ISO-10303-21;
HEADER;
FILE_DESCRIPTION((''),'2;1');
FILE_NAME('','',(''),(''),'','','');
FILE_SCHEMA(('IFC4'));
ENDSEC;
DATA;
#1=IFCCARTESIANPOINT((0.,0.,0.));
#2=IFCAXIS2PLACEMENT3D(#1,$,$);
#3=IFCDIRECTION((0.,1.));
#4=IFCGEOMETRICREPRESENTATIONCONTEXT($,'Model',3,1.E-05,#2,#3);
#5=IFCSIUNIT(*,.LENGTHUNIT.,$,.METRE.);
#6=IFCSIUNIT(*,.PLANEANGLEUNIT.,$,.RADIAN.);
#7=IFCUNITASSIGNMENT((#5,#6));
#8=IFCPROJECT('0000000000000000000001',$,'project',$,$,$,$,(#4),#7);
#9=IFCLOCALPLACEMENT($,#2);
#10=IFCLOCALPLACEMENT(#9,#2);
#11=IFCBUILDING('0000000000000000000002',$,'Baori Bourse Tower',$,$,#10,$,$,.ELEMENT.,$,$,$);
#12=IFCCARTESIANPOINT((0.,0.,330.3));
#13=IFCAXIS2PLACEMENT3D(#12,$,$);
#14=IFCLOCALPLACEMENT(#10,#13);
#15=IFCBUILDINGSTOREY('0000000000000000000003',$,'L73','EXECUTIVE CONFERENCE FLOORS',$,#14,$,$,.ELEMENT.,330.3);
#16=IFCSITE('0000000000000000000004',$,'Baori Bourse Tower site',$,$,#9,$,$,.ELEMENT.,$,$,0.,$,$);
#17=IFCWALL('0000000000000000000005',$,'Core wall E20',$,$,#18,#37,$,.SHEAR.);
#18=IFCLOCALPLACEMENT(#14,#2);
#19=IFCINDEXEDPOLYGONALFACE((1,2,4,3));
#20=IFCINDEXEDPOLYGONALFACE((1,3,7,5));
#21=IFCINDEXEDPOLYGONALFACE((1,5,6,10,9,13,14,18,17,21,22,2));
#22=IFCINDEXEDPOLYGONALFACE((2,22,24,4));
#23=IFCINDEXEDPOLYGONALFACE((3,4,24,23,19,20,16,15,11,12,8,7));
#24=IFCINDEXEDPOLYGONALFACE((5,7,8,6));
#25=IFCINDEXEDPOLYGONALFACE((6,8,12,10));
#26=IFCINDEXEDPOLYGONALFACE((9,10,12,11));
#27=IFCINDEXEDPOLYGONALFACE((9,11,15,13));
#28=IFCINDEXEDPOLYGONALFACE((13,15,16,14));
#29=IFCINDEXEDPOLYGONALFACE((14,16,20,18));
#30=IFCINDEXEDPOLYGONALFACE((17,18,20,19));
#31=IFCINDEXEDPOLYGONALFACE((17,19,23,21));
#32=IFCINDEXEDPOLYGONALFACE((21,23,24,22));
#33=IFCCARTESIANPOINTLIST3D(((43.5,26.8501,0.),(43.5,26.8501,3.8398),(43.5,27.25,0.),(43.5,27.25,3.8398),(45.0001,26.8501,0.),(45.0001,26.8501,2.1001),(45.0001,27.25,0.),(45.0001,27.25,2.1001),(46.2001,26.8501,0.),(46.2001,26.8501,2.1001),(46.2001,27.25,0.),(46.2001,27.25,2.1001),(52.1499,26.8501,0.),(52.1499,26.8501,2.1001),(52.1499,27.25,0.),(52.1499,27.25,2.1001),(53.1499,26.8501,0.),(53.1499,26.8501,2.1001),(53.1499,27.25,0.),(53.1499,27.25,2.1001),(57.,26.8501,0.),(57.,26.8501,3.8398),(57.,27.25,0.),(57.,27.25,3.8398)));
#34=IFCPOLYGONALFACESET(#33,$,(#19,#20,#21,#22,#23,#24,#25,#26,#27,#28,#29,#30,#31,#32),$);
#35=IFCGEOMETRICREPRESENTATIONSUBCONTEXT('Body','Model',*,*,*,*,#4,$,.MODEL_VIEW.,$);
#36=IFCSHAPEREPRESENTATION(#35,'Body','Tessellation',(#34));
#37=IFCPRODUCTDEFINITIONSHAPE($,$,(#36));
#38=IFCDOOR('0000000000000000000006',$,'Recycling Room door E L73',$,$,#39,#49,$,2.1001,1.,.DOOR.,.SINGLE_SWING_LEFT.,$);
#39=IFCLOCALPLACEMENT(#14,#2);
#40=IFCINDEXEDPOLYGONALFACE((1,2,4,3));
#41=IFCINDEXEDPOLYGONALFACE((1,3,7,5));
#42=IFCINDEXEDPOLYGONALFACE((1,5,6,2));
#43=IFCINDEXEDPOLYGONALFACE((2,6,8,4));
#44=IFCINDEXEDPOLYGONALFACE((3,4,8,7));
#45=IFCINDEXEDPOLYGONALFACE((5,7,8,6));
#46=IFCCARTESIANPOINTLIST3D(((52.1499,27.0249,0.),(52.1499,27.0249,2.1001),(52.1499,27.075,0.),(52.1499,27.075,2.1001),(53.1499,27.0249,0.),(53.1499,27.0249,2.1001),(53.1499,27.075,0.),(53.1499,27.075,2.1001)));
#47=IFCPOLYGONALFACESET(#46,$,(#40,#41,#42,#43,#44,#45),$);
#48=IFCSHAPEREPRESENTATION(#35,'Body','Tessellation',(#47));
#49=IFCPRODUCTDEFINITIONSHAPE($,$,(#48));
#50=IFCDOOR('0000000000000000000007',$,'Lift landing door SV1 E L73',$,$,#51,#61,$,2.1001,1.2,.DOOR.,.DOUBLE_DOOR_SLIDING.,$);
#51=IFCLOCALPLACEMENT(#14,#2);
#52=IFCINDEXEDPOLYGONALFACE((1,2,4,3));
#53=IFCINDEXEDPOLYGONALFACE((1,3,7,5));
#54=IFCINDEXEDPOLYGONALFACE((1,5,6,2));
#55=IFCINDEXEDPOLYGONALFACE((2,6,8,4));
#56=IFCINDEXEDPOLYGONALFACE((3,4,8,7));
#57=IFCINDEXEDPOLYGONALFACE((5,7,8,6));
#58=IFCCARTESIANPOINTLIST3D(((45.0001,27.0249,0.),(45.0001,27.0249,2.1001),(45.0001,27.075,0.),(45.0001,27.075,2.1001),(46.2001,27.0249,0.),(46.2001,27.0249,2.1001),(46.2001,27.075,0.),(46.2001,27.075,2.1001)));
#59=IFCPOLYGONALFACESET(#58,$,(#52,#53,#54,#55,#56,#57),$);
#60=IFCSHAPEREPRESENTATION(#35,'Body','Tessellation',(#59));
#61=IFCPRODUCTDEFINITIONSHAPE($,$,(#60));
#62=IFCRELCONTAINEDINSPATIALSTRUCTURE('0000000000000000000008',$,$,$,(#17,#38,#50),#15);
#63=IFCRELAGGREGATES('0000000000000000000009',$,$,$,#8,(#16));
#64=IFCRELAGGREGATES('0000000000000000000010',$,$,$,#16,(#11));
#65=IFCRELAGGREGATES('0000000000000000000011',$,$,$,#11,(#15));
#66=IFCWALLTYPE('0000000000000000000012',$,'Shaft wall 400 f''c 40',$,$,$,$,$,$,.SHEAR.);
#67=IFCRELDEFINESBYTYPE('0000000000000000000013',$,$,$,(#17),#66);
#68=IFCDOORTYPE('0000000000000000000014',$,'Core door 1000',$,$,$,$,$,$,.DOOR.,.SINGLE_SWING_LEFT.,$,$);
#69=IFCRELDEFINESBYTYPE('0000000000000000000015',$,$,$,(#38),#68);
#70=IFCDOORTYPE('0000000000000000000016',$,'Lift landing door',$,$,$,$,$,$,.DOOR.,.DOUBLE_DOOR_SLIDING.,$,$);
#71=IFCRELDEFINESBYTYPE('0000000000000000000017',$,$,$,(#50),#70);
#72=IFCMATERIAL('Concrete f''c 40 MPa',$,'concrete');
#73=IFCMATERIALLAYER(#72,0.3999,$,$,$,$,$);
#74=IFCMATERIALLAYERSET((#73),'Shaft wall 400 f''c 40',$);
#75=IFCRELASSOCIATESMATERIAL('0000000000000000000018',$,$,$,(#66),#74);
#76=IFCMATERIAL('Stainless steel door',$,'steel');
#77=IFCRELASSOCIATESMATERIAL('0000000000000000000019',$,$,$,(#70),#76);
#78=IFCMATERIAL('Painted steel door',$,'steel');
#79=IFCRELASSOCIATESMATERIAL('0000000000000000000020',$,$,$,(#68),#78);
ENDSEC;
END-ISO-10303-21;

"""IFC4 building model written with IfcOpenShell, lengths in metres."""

from ifc_helpers import new_model, si_unit, direction, frame, frame_2d, origin, place, context, subcontext, project, spatial, rectangle, extrude, material, layer, layer_set, type_object, element, fill, save


model = new_model("IFC4")

# Units and contexts
model_context = context("Model", 3, precision=1e-05, world=origin(), true_north=direction((0.0, 1.0)))
body_context = subcontext(model_context, "Body", "Model", "MODEL_VIEW")
ifc_project = project(units=[si_unit("LENGTHUNIT", "METRE"), si_unit("PLANEANGLEUNIT", "RADIAN")], contexts=[model_context])

# Site, building, storey
site_placement = place(None, origin())
site = spatial("IfcSite", under=ifc_project, at=site_placement, Name="Baori Bourse Tower site", CompositionType="ELEMENT", RefElevation=0.0)
building_placement = place(site_placement, origin())
building = spatial("IfcBuilding", under=site, at=building_placement, Name="Baori Bourse Tower", CompositionType="ELEMENT")
storey_placement = place(building_placement, frame((0.0, 0.0, 330.3)))
storey = spatial("IfcBuildingStorey", under=building, at=storey_placement, Name="L73", Description="EXECUTIVE CONFERENCE FLOORS", CompositionType="ELEMENT", Elevation=330.3)

# Shared definitions
ifc_material_1 = material(Name="Concrete f'c 40 MPa", Category="concrete")
ifc_layer_1 = layer(ifc_material_1, 0.3999)
ifc_layer_set_1 = layer_set([ifc_layer_1], Name="Shaft wall 400 f'c 40")
wall_type_1 = type_object("IfcWallType", Name="Shaft wall 400 f'c 40", PredefinedType="SHEAR", material=ifc_layer_set_1)
ifc_material_2 = material(Name="Stainless steel door", Category="steel")
door_type_1 = type_object("IfcDoorType", Name="Lift landing door", OperationType="DOUBLE_DOOR_SLIDING", PredefinedType="DOOR", material=ifc_material_2)

# Wall, openings, doors
wall_1_placement = place(storey_placement, frame((43.5, 27.05, 0.0), z_axis=(0.0, 0.0, 1.0), x_axis=(1.0, 0.0, 0.0)))
wall_1 = element("IfcWall", 1, at=wall_1_placement, inside=storey, type_object=wall_type_1, Name="Core wall E20", PredefinedType="SHEAR", context=body_context, shape_type="SweptSolid", body=[
    extrude(rectangle(XDim=13.5, YDim=0.3999, at=frame_2d((6.75, 0.0))), origin(), (0.0, 0.0, 1.0), 3.8398),
])
opening_1_placement = place(wall_1_placement, frame((8.6499, 0.0, 0.0)))
opening_1 = element("IfcOpeningElement", 2, at=opening_1_placement, cuts=wall_1, PredefinedType="OPENING", context=body_context, shape_type="SweptSolid", body=[
    extrude(rectangle(XDim=1.0, YDim=2.1001, at=frame_2d((0.5, 1.05))), frame((0.0, 0.21, 0.0), z_axis=(0.0, -1.0, 0.0), x_axis=(1.0, 0.0, 0.0)), (0.0, 0.0, 1.0), 0.4199),
])
opening_2_placement = place(wall_1_placement, frame((1.5, 0.0, 0.0)))
opening_2 = element("IfcOpeningElement", 3, at=opening_2_placement, cuts=wall_1, PredefinedType="OPENING", context=body_context, shape_type="SweptSolid", body=[
    extrude(rectangle(XDim=1.2, YDim=2.1001, at=frame_2d((0.6001, 1.05))), frame((0.0, 0.21, 0.0), z_axis=(0.0, -1.0, 0.0), x_axis=(1.0, 0.0, 0.0)), (0.0, 0.0, 1.0), 0.4199),
])
ifc_material_3 = material(Name="Painted steel door", Category="steel")
door_type_2 = type_object("IfcDoorType", Name="Core door 1000", OperationType="SINGLE_SWING_LEFT", PredefinedType="DOOR", material=ifc_material_3)
door_1_placement = place(opening_1_placement, origin())
door_1 = element("IfcDoor", 4, at=door_1_placement, inside=storey, type_object=door_type_2, Name="Recycling Room door E L73", OperationType="SINGLE_SWING_LEFT", OverallHeight=2.1001, OverallWidth=1.0, PredefinedType="DOOR", context=body_context, shape_type="SweptSolid", body=[
    extrude(rectangle(XDim=1.0, YDim=2.1001, at=frame_2d((0.5, 1.05))), frame((0.0, 0.0249, 0.0), z_axis=(0.0, -1.0, 0.0), x_axis=(1.0, 0.0, 0.0)), (0.0, 0.0, 1.0), 0.05),
])
fill(opening_1, door_1)
door_2_placement = place(opening_2_placement, origin())
door_2 = element("IfcDoor", 5, at=door_2_placement, inside=storey, type_object=door_type_1, Name="Lift landing door SV1 E L73", OperationType="DOUBLE_DOOR_SLIDING", OverallHeight=2.1001, OverallWidth=1.2, PredefinedType="DOOR", context=body_context, shape_type="SweptSolid", body=[
    extrude(rectangle(XDim=1.2, YDim=2.1001, at=frame_2d((0.6001, 1.05))), frame((0.0, 0.0249, 0.0), z_axis=(0.0, -1.0, 0.0), x_axis=(1.0, 0.0, 0.0)), (0.0, 0.0, 1.0), 0.05),
])
fill(opening_2, door_2)

save(model, "model.ifc")
